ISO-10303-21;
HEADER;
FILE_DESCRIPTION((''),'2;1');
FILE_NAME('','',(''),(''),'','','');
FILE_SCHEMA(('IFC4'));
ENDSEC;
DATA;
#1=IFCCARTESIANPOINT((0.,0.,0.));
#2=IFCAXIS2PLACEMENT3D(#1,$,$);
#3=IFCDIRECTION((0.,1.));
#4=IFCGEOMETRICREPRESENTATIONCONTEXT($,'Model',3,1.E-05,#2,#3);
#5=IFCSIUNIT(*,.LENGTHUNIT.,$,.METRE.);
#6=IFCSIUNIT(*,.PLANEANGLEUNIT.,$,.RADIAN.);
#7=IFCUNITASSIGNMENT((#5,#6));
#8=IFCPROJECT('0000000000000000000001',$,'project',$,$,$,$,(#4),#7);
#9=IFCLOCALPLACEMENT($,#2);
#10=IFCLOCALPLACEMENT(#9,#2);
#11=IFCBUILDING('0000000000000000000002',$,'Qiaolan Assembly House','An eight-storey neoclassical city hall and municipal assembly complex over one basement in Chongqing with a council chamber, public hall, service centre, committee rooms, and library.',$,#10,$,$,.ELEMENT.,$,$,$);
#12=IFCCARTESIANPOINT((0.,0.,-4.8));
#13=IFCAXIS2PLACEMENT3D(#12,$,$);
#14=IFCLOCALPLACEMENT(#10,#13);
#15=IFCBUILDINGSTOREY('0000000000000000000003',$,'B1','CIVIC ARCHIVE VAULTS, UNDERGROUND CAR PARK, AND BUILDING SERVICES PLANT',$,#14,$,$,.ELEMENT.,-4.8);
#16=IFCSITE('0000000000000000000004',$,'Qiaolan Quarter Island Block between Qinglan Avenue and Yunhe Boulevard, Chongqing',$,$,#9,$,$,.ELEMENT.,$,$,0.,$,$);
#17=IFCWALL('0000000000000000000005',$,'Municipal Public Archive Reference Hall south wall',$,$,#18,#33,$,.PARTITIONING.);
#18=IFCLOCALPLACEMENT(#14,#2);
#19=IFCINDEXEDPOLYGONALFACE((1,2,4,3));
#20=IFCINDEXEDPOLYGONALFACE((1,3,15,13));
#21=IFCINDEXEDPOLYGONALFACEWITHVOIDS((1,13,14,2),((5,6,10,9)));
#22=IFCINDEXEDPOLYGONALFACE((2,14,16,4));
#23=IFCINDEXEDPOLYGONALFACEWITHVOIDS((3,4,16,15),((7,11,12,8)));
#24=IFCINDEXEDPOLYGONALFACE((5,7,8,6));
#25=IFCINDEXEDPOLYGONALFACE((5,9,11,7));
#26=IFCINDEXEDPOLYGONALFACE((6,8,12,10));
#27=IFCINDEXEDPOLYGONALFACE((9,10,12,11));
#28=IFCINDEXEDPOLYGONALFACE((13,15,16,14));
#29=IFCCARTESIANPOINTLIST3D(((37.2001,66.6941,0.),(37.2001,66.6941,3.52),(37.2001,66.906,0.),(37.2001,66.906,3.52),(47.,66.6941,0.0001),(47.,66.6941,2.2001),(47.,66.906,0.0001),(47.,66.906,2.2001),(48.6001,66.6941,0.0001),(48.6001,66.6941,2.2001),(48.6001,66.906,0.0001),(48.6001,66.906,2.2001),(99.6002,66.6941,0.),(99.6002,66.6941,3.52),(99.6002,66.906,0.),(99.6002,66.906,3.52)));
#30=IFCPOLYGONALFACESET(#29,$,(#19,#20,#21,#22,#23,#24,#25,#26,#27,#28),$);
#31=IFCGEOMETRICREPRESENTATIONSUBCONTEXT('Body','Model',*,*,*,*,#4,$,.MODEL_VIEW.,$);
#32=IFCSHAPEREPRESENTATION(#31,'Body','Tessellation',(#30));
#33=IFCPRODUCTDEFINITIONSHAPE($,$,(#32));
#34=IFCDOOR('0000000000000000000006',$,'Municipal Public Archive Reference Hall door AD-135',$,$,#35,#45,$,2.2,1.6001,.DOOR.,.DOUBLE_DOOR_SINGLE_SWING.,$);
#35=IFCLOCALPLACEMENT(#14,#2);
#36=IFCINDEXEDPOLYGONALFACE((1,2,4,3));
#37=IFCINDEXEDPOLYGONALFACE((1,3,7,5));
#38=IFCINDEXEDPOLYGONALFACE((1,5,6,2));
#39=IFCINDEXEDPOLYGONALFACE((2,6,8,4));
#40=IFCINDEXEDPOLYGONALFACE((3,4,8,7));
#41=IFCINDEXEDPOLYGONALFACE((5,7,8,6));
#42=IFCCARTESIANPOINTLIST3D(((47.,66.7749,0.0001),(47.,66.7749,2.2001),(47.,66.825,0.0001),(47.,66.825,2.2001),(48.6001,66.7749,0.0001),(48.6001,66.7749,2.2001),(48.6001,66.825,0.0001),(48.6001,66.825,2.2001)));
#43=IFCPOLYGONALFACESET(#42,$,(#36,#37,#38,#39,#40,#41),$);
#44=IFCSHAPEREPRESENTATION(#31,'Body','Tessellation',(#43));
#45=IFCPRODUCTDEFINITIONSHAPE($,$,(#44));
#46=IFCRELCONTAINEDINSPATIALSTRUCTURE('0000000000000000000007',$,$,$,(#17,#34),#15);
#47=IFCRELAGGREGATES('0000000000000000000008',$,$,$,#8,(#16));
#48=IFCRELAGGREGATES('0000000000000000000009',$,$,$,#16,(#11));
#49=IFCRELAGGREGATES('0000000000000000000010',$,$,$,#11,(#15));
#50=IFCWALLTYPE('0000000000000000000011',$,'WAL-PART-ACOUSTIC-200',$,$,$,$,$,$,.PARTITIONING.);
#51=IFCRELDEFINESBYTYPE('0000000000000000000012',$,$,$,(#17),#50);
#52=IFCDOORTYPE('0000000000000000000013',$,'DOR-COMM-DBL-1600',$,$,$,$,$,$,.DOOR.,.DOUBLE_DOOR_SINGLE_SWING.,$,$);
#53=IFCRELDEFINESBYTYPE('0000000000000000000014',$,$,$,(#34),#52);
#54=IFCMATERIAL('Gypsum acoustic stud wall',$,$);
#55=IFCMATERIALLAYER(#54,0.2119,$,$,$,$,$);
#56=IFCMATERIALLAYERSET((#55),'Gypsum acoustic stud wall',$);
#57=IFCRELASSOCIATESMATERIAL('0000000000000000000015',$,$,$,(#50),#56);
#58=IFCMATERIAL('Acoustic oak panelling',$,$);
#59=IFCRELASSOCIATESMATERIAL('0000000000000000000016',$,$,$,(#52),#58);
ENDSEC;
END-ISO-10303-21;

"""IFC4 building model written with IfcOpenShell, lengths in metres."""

from ifc_helpers import new_model, si_unit, direction, frame, frame_2d, origin, place, context, subcontext, project, spatial, rectangle, extrude, material, layer, layer_set, type_object, element, fill, save


model = new_model("IFC4")

# Units and contexts
model_context = context("Model", 3, precision=1e-05, world=origin(), true_north=direction((0.0, 1.0)))
body_context = subcontext(model_context, "Body", "Model", "MODEL_VIEW")
ifc_project = project(units=[si_unit("LENGTHUNIT", "METRE"), si_unit("PLANEANGLEUNIT", "RADIAN")], contexts=[model_context])

# Site, building, storey
site_placement = place(None, origin())
site = spatial("IfcSite", under=ifc_project, at=site_placement, Name="Qiaolan Quarter Island Block between Qinglan Avenue and Yunhe Boulevard, Chongqing", CompositionType="ELEMENT", RefElevation=0.0)
building_placement = place(site_placement, origin())
building = spatial("IfcBuilding", under=site, at=building_placement, Name="Qiaolan Assembly House", Description="An eight-storey neoclassical city hall and municipal assembly complex over one basement in Chongqing with a council chamber, public hall, service centre, committee rooms, and library.", CompositionType="ELEMENT")
storey_placement = place(building_placement, frame((0.0, 0.0, -4.8)))
storey = spatial("IfcBuildingStorey", under=building, at=storey_placement, Name="B1", Description="CIVIC ARCHIVE VAULTS, UNDERGROUND CAR PARK, AND BUILDING SERVICES PLANT", CompositionType="ELEMENT", Elevation=-4.8)

# Wall, opening, door
ifc_material_1 = material(Name="Gypsum acoustic stud wall")
ifc_layer_1 = layer(ifc_material_1, 0.2119)
ifc_layer_set_1 = layer_set([ifc_layer_1], Name="Gypsum acoustic stud wall")
wall_type_1 = type_object("IfcWallType", Name="WAL-PART-ACOUSTIC-200", PredefinedType="PARTITIONING", material=ifc_layer_set_1)
wall_1_placement = place(storey_placement, frame((37.2, 66.8, 0.0), z_axis=(0.0, 0.0, 1.0), x_axis=(1.0, 0.0, 0.0)))
wall_1 = element("IfcWall", 1, at=wall_1_placement, inside=storey, type_object=wall_type_1, Name="Municipal Public Archive Reference Hall south wall", PredefinedType="PARTITIONING", context=body_context, shape_type="SweptSolid", body=[
    extrude(rectangle(XDim=62.4001, YDim=0.2119, at=frame_2d((31.2002, 0.0))), origin(), (0.0, 0.0, 1.0), 3.52),
])
opening_1_placement = place(wall_1_placement, frame((9.8, 0.0, 0.0)))
opening_1 = element("IfcOpeningElement", 2, at=opening_1_placement, cuts=wall_1, PredefinedType="OPENING", context=body_context, shape_type="SweptSolid", body=[
    extrude(rectangle(XDim=1.6001, YDim=2.2, at=frame_2d((0.8, 1.1001))), frame((0.0, 0.116, 0.0), z_axis=(0.0, -1.0, 0.0), x_axis=(1.0, 0.0, 0.0)), (0.0, 0.0, 1.0), 0.2319),
])
ifc_material_2 = material(Name="Acoustic oak panelling")
door_type_1 = type_object("IfcDoorType", Name="DOR-COMM-DBL-1600", OperationType="DOUBLE_DOOR_SINGLE_SWING", PredefinedType="DOOR", material=ifc_material_2)
door_1_placement = place(opening_1_placement, origin())
door_1 = element("IfcDoor", 3, at=door_1_placement, inside=storey, type_object=door_type_1, Name="Municipal Public Archive Reference Hall door AD-135", OperationType="DOUBLE_DOOR_SINGLE_SWING", OverallHeight=2.2, OverallWidth=1.6001, PredefinedType="DOOR", context=body_context, shape_type="SweptSolid", body=[
    extrude(rectangle(XDim=1.6001, YDim=2.2, at=frame_2d((0.8, 1.1001))), frame((0.0, 0.0249, 0.0), z_axis=(0.0, -1.0, 0.0), x_axis=(1.0, 0.0, 0.0)), (0.0, 0.0, 1.0), 0.05),
])
fill(opening_1, door_1)

save(model, "model.ifc")
